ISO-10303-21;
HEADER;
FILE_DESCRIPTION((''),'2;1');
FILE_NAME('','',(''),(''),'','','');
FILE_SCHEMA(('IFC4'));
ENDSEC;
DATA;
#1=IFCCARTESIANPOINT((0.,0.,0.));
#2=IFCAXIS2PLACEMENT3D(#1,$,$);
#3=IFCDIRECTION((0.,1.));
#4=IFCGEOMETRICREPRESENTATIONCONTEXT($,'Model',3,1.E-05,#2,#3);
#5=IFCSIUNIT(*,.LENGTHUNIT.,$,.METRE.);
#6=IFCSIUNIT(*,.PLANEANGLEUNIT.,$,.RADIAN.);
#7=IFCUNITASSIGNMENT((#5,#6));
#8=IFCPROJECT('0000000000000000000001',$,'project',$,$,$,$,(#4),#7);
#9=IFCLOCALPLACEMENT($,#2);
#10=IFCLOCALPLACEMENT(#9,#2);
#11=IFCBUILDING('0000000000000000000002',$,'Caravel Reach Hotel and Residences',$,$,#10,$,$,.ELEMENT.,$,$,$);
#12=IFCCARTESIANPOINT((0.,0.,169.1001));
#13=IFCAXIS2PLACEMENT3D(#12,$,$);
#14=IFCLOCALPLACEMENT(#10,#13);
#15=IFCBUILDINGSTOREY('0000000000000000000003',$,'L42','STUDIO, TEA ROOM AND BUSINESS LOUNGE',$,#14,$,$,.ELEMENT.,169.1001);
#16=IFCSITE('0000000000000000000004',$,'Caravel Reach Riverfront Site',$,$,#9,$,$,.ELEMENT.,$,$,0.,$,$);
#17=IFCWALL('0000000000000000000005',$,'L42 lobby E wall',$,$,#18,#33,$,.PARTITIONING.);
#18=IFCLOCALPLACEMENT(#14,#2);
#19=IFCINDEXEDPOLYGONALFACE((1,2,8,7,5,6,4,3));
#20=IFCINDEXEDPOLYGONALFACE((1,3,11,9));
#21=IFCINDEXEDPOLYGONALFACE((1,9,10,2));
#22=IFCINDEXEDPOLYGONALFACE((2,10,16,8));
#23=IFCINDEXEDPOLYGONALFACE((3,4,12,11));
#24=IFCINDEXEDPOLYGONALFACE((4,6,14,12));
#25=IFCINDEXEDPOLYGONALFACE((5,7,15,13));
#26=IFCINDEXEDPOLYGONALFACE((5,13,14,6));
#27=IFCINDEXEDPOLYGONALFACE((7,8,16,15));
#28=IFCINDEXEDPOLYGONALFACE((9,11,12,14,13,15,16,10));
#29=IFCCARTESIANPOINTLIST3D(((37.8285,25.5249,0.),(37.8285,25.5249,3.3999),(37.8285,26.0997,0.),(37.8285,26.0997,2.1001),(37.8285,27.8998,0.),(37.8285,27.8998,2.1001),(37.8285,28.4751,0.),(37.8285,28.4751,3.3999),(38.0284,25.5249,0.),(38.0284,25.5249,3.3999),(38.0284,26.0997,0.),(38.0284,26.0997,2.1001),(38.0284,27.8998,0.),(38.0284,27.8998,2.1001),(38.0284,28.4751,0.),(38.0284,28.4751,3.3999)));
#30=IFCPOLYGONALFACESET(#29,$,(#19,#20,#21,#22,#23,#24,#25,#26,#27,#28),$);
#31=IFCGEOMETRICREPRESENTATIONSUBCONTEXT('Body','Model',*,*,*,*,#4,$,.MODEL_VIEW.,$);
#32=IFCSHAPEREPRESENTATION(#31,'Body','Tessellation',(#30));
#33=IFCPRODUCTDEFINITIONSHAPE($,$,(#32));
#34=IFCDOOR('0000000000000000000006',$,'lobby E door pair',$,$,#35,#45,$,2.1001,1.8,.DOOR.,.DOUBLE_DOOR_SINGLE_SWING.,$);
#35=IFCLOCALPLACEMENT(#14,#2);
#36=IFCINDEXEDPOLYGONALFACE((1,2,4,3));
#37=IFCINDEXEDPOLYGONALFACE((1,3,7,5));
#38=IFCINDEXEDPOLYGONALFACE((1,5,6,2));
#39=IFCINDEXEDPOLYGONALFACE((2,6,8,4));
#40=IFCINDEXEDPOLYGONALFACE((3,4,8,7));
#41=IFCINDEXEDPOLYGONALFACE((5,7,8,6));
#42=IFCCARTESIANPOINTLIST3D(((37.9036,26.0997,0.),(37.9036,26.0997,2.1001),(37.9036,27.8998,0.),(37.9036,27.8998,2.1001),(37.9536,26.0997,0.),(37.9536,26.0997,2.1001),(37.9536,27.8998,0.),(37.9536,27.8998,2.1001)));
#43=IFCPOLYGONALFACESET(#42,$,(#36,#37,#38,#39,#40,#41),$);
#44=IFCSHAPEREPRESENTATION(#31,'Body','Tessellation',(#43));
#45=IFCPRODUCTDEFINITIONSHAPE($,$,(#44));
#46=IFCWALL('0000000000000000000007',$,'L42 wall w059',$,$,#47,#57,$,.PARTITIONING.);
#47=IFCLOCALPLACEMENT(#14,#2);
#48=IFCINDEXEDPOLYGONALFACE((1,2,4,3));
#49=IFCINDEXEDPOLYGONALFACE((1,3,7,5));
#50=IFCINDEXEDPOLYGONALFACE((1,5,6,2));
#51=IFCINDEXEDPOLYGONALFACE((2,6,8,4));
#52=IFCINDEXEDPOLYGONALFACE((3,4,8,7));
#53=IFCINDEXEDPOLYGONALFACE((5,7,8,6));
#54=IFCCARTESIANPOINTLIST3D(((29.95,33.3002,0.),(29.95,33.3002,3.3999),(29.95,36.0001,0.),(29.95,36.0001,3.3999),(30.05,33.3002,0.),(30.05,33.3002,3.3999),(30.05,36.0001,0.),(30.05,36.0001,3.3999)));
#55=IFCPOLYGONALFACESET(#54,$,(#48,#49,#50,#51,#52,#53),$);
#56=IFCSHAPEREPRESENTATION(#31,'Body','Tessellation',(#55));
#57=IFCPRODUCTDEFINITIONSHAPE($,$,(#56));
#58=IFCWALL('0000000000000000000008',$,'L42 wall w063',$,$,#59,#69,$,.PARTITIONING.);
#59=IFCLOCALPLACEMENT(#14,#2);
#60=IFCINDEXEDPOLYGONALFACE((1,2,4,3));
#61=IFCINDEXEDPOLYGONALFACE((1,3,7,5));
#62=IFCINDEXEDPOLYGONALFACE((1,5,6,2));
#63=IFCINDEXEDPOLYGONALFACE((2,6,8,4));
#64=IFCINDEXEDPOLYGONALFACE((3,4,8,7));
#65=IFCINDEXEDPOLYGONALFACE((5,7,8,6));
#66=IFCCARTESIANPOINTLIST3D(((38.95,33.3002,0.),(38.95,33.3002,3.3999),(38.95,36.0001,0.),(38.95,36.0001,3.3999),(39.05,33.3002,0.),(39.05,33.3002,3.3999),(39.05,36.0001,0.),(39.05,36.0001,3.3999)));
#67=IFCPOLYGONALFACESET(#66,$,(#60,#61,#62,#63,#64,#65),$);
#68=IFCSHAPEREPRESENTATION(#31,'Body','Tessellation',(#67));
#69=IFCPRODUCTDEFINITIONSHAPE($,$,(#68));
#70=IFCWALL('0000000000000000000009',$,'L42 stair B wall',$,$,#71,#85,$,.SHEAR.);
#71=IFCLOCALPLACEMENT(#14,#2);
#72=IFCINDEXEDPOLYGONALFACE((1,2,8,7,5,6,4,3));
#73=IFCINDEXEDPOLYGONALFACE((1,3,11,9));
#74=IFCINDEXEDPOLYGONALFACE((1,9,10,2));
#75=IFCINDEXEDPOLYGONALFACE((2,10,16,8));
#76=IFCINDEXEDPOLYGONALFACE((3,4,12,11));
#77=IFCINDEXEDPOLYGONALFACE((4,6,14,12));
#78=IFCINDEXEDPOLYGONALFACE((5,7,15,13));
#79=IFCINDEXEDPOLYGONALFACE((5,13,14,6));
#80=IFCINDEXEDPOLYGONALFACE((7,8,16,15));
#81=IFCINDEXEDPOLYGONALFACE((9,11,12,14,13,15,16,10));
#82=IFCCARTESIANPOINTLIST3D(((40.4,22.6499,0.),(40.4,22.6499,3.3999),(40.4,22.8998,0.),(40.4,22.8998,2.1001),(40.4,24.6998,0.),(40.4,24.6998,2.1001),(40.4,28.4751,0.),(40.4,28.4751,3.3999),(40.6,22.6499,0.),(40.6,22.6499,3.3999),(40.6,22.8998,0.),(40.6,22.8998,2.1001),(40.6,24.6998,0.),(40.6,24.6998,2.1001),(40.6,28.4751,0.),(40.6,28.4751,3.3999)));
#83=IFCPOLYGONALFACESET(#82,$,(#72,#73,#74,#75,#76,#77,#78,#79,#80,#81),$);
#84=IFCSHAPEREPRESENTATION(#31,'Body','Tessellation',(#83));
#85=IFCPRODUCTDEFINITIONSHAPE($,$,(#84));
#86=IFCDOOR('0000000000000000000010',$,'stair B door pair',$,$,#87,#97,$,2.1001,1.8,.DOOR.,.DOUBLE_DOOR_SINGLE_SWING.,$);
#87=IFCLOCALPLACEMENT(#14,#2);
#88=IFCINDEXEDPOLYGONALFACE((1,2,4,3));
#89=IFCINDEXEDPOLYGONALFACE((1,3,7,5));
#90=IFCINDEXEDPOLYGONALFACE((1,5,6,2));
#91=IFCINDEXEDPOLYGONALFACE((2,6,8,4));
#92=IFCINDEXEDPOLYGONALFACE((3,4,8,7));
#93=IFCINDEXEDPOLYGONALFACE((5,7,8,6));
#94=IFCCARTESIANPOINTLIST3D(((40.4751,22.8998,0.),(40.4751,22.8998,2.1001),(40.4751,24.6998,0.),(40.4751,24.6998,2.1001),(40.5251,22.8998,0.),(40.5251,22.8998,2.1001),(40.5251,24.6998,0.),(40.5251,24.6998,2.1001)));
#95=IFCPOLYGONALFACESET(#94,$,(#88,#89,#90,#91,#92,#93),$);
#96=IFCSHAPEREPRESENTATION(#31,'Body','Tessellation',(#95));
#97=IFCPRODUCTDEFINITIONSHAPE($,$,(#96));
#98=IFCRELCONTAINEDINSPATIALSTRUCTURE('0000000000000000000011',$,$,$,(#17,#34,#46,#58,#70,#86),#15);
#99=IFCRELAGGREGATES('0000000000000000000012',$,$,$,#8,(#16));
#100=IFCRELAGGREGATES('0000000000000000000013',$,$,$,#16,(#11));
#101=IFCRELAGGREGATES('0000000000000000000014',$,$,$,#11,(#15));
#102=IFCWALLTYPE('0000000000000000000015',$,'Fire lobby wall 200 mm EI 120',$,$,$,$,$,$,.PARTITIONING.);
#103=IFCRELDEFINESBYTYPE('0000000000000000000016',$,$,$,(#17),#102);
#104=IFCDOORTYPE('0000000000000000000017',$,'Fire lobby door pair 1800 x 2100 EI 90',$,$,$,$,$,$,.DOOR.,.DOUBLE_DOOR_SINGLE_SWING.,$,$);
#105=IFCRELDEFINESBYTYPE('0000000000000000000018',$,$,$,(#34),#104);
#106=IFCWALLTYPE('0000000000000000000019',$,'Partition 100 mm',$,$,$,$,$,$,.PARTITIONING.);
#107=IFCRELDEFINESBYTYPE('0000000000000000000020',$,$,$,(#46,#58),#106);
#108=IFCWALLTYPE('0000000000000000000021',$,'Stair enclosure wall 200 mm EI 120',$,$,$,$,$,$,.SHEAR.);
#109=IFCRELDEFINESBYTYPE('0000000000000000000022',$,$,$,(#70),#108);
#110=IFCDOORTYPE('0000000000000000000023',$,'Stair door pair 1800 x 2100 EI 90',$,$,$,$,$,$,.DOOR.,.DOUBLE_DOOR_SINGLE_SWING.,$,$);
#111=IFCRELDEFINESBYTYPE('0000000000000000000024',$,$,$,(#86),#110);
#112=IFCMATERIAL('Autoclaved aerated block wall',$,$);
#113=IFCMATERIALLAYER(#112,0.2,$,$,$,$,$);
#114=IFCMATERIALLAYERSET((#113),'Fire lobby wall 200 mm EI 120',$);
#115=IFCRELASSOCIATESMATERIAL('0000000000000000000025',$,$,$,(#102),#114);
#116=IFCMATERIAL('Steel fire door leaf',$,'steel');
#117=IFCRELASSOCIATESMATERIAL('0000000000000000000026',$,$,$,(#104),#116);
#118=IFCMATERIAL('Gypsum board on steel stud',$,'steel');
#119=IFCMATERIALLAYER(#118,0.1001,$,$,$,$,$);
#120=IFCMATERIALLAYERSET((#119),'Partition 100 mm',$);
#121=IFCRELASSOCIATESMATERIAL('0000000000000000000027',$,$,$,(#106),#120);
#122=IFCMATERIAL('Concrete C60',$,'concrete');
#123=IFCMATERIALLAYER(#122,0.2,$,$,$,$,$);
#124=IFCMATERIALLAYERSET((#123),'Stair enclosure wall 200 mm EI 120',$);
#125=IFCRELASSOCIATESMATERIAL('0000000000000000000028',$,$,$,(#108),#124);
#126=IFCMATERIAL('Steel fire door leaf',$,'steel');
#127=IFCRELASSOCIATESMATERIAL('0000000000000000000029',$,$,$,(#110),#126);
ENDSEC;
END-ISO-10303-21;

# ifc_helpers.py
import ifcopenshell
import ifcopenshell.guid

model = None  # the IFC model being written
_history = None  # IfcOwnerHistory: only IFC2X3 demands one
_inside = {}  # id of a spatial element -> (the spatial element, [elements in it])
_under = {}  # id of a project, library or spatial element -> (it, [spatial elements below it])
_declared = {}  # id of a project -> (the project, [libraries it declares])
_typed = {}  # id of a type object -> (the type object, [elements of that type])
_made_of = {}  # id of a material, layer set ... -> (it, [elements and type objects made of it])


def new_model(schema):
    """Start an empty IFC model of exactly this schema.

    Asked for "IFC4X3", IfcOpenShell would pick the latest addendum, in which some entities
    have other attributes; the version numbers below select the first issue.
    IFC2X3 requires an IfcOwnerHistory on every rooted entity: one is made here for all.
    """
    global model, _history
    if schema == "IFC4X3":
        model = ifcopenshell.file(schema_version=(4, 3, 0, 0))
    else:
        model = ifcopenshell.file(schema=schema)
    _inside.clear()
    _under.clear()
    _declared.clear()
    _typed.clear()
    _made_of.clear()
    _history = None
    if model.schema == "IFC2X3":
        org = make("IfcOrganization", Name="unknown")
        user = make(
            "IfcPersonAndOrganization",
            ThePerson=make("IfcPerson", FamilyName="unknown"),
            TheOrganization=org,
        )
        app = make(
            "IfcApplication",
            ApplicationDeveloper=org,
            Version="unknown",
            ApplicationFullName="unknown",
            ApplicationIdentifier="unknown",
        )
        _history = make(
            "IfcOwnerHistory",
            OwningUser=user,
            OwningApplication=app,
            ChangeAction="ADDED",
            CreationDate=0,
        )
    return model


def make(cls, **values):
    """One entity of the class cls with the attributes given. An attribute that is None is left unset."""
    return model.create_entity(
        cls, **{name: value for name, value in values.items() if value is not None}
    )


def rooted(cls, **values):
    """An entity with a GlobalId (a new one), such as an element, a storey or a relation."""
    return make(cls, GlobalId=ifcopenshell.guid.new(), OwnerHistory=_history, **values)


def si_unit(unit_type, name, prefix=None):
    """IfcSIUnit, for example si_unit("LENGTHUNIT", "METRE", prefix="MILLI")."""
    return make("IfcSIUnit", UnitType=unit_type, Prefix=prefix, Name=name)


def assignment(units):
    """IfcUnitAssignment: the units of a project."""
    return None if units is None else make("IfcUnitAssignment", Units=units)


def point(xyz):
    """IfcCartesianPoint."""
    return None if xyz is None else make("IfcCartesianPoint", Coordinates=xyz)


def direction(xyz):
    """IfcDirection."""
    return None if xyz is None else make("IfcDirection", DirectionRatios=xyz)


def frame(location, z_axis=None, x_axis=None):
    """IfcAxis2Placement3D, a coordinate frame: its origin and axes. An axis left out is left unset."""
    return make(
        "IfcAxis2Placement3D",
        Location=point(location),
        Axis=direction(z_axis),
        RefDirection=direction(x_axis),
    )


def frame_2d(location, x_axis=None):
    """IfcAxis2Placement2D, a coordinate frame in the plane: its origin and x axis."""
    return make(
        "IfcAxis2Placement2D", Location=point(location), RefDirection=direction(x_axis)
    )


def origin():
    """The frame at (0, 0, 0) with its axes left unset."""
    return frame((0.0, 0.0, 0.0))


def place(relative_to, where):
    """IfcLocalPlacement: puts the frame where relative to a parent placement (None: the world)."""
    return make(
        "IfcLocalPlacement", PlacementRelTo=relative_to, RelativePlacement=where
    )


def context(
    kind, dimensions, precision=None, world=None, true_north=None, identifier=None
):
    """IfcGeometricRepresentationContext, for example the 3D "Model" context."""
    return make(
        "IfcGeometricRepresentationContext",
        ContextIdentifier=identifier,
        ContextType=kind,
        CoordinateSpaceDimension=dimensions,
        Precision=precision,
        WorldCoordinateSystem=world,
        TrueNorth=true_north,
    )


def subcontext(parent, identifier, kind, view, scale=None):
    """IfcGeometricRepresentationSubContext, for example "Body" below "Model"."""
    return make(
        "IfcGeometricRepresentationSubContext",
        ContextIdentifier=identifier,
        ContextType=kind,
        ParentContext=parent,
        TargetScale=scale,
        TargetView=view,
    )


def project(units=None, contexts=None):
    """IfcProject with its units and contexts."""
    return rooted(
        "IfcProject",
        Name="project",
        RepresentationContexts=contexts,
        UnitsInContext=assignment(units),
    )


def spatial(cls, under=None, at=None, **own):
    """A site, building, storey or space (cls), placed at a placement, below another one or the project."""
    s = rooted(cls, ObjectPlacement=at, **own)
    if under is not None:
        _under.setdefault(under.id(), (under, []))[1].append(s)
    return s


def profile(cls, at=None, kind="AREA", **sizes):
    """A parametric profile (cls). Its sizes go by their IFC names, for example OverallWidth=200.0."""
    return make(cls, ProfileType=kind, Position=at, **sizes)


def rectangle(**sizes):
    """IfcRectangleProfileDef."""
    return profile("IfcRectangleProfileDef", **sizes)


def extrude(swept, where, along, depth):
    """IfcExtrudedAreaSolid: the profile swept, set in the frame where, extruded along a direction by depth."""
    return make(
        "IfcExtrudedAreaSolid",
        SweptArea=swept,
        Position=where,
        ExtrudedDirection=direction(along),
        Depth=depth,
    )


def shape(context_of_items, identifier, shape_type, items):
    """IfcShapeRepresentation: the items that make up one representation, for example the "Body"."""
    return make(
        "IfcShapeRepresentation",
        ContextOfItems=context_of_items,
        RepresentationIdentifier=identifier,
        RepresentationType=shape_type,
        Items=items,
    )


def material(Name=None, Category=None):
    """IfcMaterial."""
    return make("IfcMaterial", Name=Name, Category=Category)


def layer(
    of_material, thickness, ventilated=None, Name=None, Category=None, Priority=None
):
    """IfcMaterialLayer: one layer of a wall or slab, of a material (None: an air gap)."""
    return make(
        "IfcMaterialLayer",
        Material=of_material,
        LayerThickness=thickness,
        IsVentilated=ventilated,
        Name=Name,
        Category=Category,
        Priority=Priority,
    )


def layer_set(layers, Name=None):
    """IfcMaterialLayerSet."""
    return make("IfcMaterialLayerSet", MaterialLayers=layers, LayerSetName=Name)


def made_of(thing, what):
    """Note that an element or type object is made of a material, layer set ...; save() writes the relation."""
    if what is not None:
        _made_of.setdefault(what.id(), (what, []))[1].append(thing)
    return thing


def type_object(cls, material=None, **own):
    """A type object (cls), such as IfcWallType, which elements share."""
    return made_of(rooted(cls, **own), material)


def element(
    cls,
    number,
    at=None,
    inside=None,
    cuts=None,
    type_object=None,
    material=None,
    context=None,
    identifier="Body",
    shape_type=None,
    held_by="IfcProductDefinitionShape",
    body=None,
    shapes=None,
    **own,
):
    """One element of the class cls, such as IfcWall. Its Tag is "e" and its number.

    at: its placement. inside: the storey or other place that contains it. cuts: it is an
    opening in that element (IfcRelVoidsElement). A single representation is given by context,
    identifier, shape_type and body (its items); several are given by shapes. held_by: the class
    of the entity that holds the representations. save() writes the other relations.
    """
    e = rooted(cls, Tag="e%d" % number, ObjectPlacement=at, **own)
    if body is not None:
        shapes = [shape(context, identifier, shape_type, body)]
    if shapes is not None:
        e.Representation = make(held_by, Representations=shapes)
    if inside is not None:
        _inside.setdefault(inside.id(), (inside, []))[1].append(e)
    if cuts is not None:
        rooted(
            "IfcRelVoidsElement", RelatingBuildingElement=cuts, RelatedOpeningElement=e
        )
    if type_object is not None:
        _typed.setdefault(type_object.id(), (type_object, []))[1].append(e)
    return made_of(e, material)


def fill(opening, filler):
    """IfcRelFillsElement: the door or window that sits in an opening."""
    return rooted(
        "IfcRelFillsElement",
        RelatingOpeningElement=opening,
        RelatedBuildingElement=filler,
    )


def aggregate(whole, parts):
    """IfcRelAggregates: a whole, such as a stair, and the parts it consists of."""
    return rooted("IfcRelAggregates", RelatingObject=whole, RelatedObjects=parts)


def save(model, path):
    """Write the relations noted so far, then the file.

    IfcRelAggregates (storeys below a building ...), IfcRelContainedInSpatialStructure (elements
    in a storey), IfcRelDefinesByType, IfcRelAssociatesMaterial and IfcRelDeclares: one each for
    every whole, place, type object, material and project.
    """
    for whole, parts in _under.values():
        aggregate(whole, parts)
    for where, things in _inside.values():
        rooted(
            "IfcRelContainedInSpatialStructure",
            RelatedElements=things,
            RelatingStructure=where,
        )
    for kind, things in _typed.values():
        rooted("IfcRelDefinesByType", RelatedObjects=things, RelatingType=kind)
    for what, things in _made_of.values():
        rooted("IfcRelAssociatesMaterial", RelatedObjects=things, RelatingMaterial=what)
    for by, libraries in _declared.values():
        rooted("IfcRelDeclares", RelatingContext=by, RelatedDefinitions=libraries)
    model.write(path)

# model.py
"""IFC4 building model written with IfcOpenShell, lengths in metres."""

from ifc_helpers import new_model, si_unit, direction, frame, frame_2d, origin, place, context, subcontext, project, spatial, rectangle, extrude, material, layer, layer_set, type_object, element, fill, save


model = new_model("IFC4")

# Units and contexts
model_context = context("Model", 3, precision=1e-05, world=origin(), true_north=direction((0.0, 1.0)))
body_context = subcontext(model_context, "Body", "Model", "MODEL_VIEW")
ifc_project = project(units=[si_unit("LENGTHUNIT", "METRE"), si_unit("PLANEANGLEUNIT", "RADIAN")], contexts=[model_context])

# Site, building, storey
site_placement = place(None, origin())
site = spatial("IfcSite", under=ifc_project, at=site_placement, Name="Caravel Reach Riverfront Site", CompositionType="ELEMENT", RefElevation=0.0)
building_placement = place(site_placement, origin())
building = spatial("IfcBuilding", under=site, at=building_placement, Name="Caravel Reach Hotel and Residences", CompositionType="ELEMENT")
storey_placement = place(building_placement, frame((0.0, 0.0, 169.1001)))
storey = spatial("IfcBuildingStorey", under=building, at=storey_placement, Name="L42", Description="STUDIO, TEA ROOM AND BUSINESS LOUNGE", CompositionType="ELEMENT", Elevation=169.1001)

# Wall, opening, door
ifc_material_1 = material(Name="Autoclaved aerated block wall")
ifc_layer_1 = layer(ifc_material_1, 0.2)
ifc_layer_set_1 = layer_set([ifc_layer_1], Name="Fire lobby wall 200 mm EI 120")
wall_type_1 = type_object("IfcWallType", Name="Fire lobby wall 200 mm EI 120", PredefinedType="PARTITIONING", material=ifc_layer_set_1)
wall_1_placement = place(storey_placement, frame((37.9285, 25.5249, 0.0), z_axis=(0.0, 0.0, 1.0), x_axis=(0.0, 1.0, 0.0)))
wall_1 = element("IfcWall", 1, at=wall_1_placement, inside=storey, type_object=wall_type_1, Name="L42 lobby E wall", PredefinedType="PARTITIONING", context=body_context, shape_type="SweptSolid", body=[
    extrude(rectangle(XDim=2.9502, YDim=0.2, at=frame_2d((1.4751, 0.0))), origin(), (0.0, 0.0, 1.0), 3.3999),
])
opening_1_placement = place(wall_1_placement, frame((0.575, 0.0, 0.0)))
opening_1 = element("IfcOpeningElement", 2, at=opening_1_placement, cuts=wall_1, PredefinedType="OPENING", context=body_context, shape_type="SweptSolid", body=[
    extrude(rectangle(XDim=1.8, YDim=2.1001, at=frame_2d((0.8999, 1.05))), frame((0.0, 0.1099, 0.0), z_axis=(0.0, -1.0, 0.0), x_axis=(1.0, 0.0, 0.0)), (0.0, 0.0, 1.0), 0.22),
])
ifc_material_2 = material(Name="Steel fire door leaf", Category="steel")
door_type_1 = type_object("IfcDoorType", Name="Fire lobby door pair 1800 x 2100 EI 90", OperationType="DOUBLE_DOOR_SINGLE_SWING", PredefinedType="DOOR", material=ifc_material_2)
door_1_placement = place(opening_1_placement, origin())
door_1 = element("IfcDoor", 3, at=door_1_placement, inside=storey, type_object=door_type_1, Name="lobby E door pair", OperationType="DOUBLE_DOOR_SINGLE_SWING", OverallHeight=2.1001, OverallWidth=1.8, PredefinedType="DOOR", context=body_context, shape_type="SweptSolid", body=[
    extrude(rectangle(XDim=1.8, YDim=2.1001, at=frame_2d((0.8999, 1.05))), frame((0.0, 0.0249, 0.0), z_axis=(0.0, -1.0, 0.0), x_axis=(1.0, 0.0, 0.0)), (0.0, 0.0, 1.0), 0.05),
])
fill(opening_1, door_1)

# Walls
ifc_material_3 = material(Name="Gypsum board on steel stud", Category="steel")
ifc_layer_2 = layer(ifc_material_3, 0.1001)
ifc_layer_set_2 = layer_set([ifc_layer_2], Name="Partition 100 mm")
wall_type_2 = type_object("IfcWallType", Name="Partition 100 mm", PredefinedType="PARTITIONING", material=ifc_layer_set_2)
for number, where, z_axis, x_axis, name in (
    (4, (30.0, 33.3, 0.0), (0.0, 0.0, 1.0), (0.0, 1.0, 0.0), "L42 wall w059"),
    (5, (39.0, 33.3, 0.0), (0.0, 0.0, 1.0), (0.0, 1.0, 0.0), "L42 wall w063"),
):
    element("IfcWall", number, at=place(storey_placement, frame(where, z_axis=z_axis, x_axis=x_axis)), inside=storey, type_object=wall_type_2, Name=name, PredefinedType="PARTITIONING", context=body_context, shape_type="SweptSolid", body=[
        extrude(rectangle(XDim=2.7, YDim=0.1001, at=frame_2d((1.3501, 0.0))), origin(), (0.0, 0.0, 1.0), 3.3999),
    ])

# Wall, opening, door
ifc_material_4 = material(Name="Concrete C60", Category="concrete")
ifc_layer_3 = layer(ifc_material_4, 0.2)
ifc_layer_set_3 = layer_set([ifc_layer_3], Name="Stair enclosure wall 200 mm EI 120")
wall_type_3 = type_object("IfcWallType", Name="Stair enclosure wall 200 mm EI 120", PredefinedType="SHEAR", material=ifc_layer_set_3)
wall_2_placement = place(storey_placement, frame((40.5, 22.6499, 0.0), z_axis=(0.0, 0.0, 1.0), x_axis=(0.0, 1.0, 0.0)))
wall_2 = element("IfcWall", 6, at=wall_2_placement, inside=storey, type_object=wall_type_3, Name="L42 stair B wall", PredefinedType="SHEAR", context=body_context, shape_type="SweptSolid", body=[
    extrude(rectangle(XDim=5.8252, YDim=0.2, at=frame_2d((2.9126, 0.0))), origin(), (0.0, 0.0, 1.0), 3.3999),
])
opening_2_placement = place(wall_2_placement, frame((0.25, 0.0, 0.0)))
opening_2 = element("IfcOpeningElement", 7, at=opening_2_placement, cuts=wall_2, PredefinedType="OPENING", context=body_context, shape_type="SweptSolid", body=[
    extrude(rectangle(XDim=1.8, YDim=2.1001, at=frame_2d((0.8999, 1.05))), frame((0.0, 0.1099, 0.0), z_axis=(0.0, -1.0, 0.0), x_axis=(1.0, 0.0, 0.0)), (0.0, 0.0, 1.0), 0.22),
])
ifc_material_5 = material(Name="Steel fire door leaf", Category="steel")
door_type_2 = type_object("IfcDoorType", Name="Stair door pair 1800 x 2100 EI 90", OperationType="DOUBLE_DOOR_SINGLE_SWING", PredefinedType="DOOR", material=ifc_material_5)
door_2_placement = place(opening_2_placement, origin())
door_2 = element("IfcDoor", 8, at=door_2_placement, inside=storey, type_object=door_type_2, Name="stair B door pair", OperationType="DOUBLE_DOOR_SINGLE_SWING", OverallHeight=2.1001, OverallWidth=1.8, PredefinedType="DOOR", context=body_context, shape_type="SweptSolid", body=[
    extrude(rectangle(XDim=1.8, YDim=2.1001, at=frame_2d((0.8999, 1.05))), frame((0.0, 0.0249, 0.0), z_axis=(0.0, -1.0, 0.0), x_axis=(1.0, 0.0, 0.0)), (0.0, 0.0, 1.0), 0.05),
])
fill(opening_2, door_2)

save(model, "model.ifc")
